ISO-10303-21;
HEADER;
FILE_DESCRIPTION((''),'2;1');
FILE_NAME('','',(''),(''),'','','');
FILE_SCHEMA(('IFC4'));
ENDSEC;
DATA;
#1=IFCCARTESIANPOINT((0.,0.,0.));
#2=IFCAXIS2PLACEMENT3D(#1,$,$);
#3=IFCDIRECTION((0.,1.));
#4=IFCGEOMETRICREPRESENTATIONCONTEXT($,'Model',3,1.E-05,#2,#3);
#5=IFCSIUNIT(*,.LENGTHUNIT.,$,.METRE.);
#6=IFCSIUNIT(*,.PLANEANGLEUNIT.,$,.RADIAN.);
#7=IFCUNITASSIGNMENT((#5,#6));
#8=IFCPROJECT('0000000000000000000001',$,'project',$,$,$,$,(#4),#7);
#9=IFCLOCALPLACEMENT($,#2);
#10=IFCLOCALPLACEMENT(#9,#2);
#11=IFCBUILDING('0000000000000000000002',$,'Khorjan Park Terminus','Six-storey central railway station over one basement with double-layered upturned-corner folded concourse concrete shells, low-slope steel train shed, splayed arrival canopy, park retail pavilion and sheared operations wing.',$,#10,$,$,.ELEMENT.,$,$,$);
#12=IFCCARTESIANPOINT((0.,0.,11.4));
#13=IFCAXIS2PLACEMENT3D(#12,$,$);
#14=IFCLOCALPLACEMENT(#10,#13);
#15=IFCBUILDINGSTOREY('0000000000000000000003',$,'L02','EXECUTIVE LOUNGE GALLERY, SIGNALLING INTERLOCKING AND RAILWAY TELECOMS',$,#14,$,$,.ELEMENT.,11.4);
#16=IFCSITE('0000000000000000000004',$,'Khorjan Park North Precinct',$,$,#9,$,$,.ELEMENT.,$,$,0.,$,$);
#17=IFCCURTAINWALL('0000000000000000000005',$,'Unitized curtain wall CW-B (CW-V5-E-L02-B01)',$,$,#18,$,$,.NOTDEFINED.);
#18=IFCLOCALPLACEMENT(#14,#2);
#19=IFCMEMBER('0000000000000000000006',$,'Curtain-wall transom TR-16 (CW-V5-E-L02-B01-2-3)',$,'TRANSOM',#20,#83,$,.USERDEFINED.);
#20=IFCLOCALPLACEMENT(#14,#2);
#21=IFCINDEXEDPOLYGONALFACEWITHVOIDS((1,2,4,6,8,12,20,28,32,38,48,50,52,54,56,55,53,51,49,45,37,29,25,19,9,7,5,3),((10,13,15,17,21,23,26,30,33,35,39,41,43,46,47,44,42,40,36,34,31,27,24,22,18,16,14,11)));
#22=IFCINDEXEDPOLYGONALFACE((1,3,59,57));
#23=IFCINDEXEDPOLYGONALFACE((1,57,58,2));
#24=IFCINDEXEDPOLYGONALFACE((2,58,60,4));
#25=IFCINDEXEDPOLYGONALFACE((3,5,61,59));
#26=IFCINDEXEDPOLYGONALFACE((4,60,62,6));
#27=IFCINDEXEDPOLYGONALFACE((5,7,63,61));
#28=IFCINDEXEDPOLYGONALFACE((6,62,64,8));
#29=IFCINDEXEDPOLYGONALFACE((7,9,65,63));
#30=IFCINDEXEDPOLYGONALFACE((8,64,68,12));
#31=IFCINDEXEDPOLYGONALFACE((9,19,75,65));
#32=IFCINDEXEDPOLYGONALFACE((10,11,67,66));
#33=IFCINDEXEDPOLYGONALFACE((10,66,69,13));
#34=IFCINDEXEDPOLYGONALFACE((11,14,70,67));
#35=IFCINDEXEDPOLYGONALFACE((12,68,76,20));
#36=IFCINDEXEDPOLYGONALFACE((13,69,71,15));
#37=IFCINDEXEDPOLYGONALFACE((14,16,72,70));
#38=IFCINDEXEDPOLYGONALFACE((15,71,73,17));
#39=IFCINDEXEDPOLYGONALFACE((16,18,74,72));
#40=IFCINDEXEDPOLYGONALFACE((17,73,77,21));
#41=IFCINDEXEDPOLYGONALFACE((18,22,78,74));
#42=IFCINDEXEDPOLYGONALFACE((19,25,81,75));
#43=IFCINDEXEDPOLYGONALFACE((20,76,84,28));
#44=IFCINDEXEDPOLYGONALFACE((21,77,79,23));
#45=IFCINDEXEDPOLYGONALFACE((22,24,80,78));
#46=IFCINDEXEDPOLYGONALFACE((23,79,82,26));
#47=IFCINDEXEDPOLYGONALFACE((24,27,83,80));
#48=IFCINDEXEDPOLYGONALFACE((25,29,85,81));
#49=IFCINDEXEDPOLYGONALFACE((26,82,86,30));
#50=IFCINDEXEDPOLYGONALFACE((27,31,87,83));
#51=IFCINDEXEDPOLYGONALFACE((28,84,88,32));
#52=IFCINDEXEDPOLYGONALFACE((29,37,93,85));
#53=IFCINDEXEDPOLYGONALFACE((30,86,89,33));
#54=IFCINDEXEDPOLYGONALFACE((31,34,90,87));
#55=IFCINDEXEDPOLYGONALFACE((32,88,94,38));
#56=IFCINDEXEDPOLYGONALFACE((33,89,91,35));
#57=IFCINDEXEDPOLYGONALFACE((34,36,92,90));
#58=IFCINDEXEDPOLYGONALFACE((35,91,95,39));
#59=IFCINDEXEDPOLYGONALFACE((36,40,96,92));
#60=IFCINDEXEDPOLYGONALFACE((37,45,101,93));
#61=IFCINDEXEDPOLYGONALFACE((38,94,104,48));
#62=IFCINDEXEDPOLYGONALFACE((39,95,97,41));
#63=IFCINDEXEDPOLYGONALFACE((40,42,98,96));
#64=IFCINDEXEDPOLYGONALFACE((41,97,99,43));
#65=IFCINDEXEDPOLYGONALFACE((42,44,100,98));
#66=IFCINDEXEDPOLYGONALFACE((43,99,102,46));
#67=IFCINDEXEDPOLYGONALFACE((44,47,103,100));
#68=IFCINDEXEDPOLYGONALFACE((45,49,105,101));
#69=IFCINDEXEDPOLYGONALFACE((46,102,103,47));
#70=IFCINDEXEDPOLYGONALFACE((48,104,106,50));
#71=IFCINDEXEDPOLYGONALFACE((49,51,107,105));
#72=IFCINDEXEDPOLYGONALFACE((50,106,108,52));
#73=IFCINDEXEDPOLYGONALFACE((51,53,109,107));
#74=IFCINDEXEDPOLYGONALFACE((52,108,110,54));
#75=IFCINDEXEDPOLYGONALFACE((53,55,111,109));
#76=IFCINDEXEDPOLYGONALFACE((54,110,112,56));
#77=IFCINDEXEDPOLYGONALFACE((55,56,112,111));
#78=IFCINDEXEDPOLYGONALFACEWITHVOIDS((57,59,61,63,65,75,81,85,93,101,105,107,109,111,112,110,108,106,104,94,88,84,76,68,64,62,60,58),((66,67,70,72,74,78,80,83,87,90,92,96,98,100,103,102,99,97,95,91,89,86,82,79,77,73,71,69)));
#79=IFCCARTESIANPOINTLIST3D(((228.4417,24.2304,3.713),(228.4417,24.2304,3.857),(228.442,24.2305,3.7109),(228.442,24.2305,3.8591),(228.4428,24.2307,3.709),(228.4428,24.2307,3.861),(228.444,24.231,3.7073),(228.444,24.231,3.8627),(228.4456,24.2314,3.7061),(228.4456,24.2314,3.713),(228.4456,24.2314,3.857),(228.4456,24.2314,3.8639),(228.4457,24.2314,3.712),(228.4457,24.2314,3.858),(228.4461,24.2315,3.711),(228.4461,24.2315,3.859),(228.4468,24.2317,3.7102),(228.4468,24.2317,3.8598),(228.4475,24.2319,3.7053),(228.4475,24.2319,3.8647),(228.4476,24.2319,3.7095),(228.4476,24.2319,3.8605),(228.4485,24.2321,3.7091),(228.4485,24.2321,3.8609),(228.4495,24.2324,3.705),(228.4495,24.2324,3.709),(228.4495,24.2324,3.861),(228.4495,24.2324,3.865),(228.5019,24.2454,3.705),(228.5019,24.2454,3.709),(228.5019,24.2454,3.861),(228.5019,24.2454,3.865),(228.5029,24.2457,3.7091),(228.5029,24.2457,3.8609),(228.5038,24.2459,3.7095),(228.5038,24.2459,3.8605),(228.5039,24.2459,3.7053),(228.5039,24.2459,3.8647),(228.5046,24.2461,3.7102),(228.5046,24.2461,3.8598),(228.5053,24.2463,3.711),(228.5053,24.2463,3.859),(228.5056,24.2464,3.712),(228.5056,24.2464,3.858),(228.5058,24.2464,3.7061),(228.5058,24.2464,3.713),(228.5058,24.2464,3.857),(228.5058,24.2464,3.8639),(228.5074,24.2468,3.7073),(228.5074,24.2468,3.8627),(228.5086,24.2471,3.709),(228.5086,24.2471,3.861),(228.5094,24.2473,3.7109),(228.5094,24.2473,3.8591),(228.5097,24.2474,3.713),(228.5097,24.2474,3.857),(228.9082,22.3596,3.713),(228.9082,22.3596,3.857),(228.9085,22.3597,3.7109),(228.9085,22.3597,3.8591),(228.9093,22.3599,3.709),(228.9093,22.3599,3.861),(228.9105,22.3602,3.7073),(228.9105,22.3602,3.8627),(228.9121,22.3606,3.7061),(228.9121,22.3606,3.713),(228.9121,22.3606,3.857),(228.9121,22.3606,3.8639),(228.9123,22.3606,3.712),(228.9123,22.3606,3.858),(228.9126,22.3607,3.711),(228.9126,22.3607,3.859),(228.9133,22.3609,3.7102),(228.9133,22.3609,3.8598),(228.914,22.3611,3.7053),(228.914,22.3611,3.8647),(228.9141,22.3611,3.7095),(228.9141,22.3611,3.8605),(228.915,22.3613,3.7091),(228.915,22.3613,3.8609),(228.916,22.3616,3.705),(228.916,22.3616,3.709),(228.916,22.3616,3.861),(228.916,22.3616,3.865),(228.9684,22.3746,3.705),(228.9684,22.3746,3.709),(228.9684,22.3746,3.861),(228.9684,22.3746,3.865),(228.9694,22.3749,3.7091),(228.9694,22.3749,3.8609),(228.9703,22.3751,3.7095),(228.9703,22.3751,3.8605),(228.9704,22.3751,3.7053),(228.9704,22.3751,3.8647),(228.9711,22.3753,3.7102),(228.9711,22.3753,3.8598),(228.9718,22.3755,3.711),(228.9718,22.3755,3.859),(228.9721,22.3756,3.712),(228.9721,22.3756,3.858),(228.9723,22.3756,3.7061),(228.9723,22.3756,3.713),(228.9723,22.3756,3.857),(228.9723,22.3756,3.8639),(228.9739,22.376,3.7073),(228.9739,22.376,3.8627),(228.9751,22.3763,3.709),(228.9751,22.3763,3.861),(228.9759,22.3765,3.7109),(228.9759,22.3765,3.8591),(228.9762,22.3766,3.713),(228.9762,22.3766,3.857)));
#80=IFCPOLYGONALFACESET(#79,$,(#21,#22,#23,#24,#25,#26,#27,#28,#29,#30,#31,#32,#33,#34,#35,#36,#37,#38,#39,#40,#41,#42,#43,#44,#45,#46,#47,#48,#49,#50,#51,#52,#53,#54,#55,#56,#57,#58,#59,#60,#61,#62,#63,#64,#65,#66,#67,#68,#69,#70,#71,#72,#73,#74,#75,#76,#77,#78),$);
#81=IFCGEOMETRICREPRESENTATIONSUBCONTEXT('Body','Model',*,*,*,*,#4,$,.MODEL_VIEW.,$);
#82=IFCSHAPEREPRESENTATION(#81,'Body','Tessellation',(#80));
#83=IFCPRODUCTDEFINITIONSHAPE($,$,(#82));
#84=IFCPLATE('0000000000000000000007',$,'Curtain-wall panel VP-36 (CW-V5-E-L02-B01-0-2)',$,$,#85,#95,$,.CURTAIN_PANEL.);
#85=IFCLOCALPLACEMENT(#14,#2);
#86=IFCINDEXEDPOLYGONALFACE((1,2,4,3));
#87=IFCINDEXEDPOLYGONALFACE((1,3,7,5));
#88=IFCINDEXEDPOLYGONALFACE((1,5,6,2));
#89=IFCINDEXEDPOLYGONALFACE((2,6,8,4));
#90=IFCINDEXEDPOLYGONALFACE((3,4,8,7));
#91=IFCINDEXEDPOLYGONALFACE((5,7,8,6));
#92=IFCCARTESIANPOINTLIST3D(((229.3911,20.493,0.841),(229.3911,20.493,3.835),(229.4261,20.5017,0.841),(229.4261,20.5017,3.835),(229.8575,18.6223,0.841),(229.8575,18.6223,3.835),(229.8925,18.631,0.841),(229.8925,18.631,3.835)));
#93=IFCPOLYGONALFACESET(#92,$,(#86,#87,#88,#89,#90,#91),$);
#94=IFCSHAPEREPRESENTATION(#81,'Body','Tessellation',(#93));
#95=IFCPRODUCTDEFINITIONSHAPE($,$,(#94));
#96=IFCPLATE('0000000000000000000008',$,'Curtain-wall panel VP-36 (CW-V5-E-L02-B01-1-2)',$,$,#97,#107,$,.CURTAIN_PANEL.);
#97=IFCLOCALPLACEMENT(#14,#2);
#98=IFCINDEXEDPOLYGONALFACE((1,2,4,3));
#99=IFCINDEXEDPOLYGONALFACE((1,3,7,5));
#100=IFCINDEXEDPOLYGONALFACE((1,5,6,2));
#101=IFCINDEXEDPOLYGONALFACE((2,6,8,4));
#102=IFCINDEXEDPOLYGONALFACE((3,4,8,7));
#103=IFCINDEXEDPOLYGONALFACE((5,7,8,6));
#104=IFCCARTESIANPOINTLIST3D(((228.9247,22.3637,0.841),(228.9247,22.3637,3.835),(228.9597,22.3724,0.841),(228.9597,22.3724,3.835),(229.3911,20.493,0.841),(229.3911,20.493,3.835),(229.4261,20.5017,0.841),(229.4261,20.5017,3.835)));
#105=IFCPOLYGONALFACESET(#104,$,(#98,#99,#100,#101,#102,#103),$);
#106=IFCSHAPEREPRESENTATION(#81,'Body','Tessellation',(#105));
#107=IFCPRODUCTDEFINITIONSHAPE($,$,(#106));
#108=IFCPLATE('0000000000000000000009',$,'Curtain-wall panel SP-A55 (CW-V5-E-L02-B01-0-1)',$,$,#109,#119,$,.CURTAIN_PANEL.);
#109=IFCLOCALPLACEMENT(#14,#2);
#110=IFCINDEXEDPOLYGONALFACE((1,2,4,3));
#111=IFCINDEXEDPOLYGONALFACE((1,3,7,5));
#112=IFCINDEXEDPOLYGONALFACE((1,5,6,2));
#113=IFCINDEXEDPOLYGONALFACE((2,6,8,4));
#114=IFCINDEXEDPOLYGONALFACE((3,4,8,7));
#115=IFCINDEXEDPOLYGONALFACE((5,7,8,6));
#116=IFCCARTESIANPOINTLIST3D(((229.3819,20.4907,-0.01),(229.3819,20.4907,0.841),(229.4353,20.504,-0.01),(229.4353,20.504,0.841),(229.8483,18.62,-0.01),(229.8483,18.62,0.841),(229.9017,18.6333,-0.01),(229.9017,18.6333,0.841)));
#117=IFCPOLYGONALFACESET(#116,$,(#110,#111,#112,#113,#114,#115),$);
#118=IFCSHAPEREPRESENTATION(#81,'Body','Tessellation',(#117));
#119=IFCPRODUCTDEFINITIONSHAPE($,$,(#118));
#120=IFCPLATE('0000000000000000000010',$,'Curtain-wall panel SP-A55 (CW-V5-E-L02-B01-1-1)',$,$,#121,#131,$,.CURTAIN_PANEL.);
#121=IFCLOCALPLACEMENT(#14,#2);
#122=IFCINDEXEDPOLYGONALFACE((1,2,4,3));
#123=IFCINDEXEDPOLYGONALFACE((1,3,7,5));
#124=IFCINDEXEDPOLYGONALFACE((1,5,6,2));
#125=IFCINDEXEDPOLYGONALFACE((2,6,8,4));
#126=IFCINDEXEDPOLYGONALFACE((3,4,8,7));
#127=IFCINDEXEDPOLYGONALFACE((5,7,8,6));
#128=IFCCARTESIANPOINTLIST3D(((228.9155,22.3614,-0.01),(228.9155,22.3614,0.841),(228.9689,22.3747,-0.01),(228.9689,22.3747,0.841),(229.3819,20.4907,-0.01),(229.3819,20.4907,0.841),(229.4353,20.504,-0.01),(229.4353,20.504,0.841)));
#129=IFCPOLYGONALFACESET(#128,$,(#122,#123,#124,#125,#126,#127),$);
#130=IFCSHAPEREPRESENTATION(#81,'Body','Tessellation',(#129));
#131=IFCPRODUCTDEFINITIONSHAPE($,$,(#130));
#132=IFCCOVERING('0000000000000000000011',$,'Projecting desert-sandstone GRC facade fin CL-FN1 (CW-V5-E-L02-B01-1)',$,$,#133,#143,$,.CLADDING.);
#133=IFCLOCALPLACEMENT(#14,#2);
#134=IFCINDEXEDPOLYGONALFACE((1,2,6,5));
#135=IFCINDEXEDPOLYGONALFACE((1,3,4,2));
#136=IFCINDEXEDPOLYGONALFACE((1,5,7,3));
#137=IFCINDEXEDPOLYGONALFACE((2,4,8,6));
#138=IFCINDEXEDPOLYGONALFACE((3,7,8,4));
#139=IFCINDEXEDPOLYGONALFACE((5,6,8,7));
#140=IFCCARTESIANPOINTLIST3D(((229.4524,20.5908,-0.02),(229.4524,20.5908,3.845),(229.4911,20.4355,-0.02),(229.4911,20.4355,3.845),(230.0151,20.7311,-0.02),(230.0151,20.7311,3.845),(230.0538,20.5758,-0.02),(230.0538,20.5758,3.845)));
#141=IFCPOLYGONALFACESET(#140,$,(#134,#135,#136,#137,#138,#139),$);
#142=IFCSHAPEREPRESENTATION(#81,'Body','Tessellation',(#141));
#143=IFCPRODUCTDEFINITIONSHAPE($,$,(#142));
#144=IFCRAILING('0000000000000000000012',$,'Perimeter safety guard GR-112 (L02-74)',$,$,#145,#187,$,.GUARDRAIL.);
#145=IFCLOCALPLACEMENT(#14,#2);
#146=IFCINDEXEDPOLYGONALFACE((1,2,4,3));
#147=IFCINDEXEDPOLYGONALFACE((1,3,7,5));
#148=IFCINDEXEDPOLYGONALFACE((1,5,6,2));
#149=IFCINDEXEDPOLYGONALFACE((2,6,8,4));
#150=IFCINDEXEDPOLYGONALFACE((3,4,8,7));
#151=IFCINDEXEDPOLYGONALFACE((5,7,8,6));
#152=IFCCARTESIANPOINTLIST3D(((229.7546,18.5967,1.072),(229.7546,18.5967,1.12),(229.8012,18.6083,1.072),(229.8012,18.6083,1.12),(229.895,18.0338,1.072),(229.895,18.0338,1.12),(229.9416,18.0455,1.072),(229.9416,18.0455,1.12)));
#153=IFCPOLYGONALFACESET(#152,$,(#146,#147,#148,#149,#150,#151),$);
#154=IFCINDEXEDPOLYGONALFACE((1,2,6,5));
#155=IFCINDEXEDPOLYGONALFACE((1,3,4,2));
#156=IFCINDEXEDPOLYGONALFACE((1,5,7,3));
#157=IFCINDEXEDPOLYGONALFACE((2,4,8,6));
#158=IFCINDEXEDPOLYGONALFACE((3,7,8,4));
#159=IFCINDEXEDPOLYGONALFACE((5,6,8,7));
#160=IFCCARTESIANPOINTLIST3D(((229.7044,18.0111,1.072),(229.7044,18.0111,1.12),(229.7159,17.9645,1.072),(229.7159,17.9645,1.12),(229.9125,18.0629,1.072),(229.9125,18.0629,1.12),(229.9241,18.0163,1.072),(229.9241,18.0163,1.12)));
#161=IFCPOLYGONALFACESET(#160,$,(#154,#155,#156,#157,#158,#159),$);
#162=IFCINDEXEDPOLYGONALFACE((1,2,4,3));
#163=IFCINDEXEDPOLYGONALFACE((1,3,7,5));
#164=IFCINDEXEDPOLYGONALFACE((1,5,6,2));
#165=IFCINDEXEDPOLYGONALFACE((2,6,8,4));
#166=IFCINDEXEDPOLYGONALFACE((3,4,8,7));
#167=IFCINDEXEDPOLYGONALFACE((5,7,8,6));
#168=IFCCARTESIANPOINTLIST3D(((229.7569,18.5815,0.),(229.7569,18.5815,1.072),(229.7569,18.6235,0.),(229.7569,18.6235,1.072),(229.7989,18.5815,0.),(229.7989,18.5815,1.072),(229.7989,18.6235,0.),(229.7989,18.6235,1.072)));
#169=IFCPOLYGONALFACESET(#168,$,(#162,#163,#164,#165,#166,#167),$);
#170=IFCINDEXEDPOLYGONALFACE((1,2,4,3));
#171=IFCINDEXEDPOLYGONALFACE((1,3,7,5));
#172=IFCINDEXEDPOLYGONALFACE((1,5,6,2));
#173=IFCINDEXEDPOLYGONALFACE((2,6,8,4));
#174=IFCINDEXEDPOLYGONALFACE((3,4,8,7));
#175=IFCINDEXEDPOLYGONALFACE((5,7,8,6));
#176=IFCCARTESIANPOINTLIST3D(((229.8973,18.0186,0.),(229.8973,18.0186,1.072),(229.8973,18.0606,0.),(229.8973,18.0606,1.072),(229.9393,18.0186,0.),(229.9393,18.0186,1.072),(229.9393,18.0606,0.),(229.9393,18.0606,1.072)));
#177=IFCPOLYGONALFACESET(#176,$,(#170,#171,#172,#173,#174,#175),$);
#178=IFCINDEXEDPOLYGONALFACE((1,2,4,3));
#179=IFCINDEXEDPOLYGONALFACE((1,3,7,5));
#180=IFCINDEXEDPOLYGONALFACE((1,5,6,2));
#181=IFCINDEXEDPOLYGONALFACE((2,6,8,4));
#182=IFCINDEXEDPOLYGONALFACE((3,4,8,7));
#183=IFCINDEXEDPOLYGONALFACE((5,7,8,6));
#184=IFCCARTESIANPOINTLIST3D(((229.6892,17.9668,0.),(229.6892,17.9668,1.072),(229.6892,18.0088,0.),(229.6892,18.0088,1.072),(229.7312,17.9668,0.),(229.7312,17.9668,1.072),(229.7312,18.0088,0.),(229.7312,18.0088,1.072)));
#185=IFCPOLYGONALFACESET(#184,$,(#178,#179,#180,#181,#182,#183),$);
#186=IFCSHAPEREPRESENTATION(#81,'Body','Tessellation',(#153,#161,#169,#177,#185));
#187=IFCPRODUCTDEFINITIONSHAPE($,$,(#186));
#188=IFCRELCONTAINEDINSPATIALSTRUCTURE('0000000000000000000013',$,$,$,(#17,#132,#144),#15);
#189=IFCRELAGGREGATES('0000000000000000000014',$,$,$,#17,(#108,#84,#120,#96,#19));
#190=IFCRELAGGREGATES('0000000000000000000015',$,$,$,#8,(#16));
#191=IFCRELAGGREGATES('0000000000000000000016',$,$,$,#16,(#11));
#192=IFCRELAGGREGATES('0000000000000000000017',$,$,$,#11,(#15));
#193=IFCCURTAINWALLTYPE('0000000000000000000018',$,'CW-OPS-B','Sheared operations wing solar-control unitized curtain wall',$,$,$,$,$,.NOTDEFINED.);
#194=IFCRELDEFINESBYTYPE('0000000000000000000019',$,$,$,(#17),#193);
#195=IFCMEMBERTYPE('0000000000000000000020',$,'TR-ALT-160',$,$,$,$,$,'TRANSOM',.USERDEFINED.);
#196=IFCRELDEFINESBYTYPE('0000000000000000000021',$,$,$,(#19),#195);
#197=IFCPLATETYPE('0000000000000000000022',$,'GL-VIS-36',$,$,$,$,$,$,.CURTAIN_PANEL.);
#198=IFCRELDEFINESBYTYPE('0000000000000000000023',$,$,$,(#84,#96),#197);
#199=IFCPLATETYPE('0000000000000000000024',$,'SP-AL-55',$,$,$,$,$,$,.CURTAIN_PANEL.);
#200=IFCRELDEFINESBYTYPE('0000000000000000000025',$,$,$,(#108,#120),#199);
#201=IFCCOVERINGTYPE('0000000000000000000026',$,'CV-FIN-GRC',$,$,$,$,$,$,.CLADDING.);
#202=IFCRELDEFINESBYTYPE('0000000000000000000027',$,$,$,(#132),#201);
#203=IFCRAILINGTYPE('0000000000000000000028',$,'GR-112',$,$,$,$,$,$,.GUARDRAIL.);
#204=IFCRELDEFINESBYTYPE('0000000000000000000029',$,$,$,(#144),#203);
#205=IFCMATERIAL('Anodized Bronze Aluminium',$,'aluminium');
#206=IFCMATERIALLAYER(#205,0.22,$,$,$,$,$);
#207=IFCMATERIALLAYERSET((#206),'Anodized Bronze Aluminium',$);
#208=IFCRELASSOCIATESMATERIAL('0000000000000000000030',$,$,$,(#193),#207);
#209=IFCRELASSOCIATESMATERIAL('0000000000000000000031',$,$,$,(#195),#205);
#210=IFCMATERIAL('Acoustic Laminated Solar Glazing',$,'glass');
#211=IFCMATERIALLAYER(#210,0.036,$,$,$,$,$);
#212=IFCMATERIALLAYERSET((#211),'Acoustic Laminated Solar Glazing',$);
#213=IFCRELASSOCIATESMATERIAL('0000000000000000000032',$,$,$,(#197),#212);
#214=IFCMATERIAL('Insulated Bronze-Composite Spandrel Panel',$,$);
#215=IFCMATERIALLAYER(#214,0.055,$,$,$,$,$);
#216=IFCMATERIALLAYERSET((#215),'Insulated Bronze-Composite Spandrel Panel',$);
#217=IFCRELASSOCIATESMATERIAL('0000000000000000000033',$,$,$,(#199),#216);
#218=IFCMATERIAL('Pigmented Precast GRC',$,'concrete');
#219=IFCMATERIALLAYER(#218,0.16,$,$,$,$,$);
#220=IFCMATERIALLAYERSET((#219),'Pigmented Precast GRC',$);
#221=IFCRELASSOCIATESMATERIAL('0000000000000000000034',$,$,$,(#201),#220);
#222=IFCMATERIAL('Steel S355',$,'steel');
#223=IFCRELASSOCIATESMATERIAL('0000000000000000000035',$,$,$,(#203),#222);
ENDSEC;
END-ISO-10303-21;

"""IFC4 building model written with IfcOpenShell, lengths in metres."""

from ifc_helpers import new_model, si_unit, direction, frame, origin, origin_2d, place, context, subcontext, project, spatial, rectangle, hollow_rectangle, extrude, material, layer, layer_set, material_profile, profile_set, type_object, element, aggregate, save


model = new_model("IFC4")

# Units and contexts
model_context = context("Model", 3, precision=1e-05, world=origin(), true_north=direction((0.0, 1.0)))
body_context = subcontext(model_context, "Body", "Model", "MODEL_VIEW")
ifc_project = project(units=[si_unit("LENGTHUNIT", "METRE"), si_unit("PLANEANGLEUNIT", "RADIAN")], contexts=[model_context])

# Site, building, storey
site_placement = place(None, origin())
site = spatial("IfcSite", under=ifc_project, at=site_placement, Name="Khorjan Park North Precinct", CompositionType="ELEMENT", RefElevation=0.0)
building_placement = place(site_placement, origin())
building = spatial("IfcBuilding", under=site, at=building_placement, Name="Khorjan Park Terminus", Description="Six-storey central railway station over one basement with double-layered upturned-corner folded concourse concrete shells, low-slope steel train shed, splayed arrival canopy, park retail pavilion and sheared operations wing.", CompositionType="ELEMENT")
storey_placement = place(building_placement, frame((0.0, 0.0, 11.4)))
storey = spatial("IfcBuildingStorey", under=building, at=storey_placement, Name="L02", Description="EXECUTIVE LOUNGE GALLERY, SIGNALLING INTERLOCKING AND RAILWAY TELECOMS", CompositionType="ELEMENT", Elevation=11.4)

# Shared definitions
ifc_material_1 = material(Name="Steel S355", Category="steel")

# Curtain wall, member, plates
ifc_material_2 = material(Name="Anodized Bronze Aluminium", Category="aluminium")
ifc_layer_1 = layer(ifc_material_2, 0.22)
ifc_layer_set_1 = layer_set([ifc_layer_1], Name="Anodized Bronze Aluminium")
curtain_wall_type = type_object("IfcCurtainWallType", Name="CW-OPS-B", Description="Sheared operations wing solar-control unitized curtain wall", PredefinedType="NOTDEFINED", material=ifc_layer_set_1)
curtain_wall_placement = place(storey_placement, origin())
curtain_wall = element("IfcCurtainWall", 1, at=curtain_wall_placement, inside=storey, type_object=curtain_wall_type, Name="Unitized curtain wall CW-B (CW-V5-E-L02-B01)", PredefinedType="NOTDEFINED")
ifc_material_profile_1 = material_profile(ifc_material_2, hollow_rectangle(XDim=0.07, YDim=0.16, WallThickness=0.004, InnerFilletRadius=0.004, OuterFilletRadius=0.008, at=origin_2d()), Name="ALT 70x160x4")
ifc_profile_set_1 = profile_set([ifc_material_profile_1], Name="Anodized Bronze Aluminium")
member_type_1 = type_object("IfcMemberType", Name="TR-ALT-160", ElementType="TRANSOM", PredefinedType="USERDEFINED", material=ifc_profile_set_1)
member_1_placement = place(storey_placement, frame((228.9422, 22.3681, 3.785), z_axis=(-0.24195, 0.970289, 0.0), x_axis=(-0.970289, -0.24195, 0.0)))
member_1 = element("IfcMember", 2, at=member_1_placement, type_object=member_type_1, Name="Curtain-wall transom TR-16 (CW-V5-E-L02-B01-2-3)", ObjectType="TRANSOM", PredefinedType="USERDEFINED", context=body_context, shape_type="SweptSolid", body=[
    extrude(hollow_rectangle(XDim=0.07, YDim=0.16, WallThickness=0.004, InnerFilletRadius=0.004, OuterFilletRadius=0.008, at=origin_2d()), origin(), (0.0, 0.0, 1.0), 1.9281),
])
ifc_material_3 = material(Name="Acoustic Laminated Solar Glazing", Category="glass")
ifc_layer_2 = layer(ifc_material_3, 0.036)
ifc_layer_set_2 = layer_set([ifc_layer_2], Name="Acoustic Laminated Solar Glazing")
plate_type_1 = type_object("IfcPlateType", Name="GL-VIS-36", PredefinedType="CURTAIN_PANEL", material=ifc_layer_set_2)
plate_1_placement = place(storey_placement, frame((229.6418, 19.562, 0.841), z_axis=(0.0, 0.0, 1.0), x_axis=(-0.24192, 0.970296, 0.0)))
plate_1 = element("IfcPlate", 3, at=plate_1_placement, type_object=plate_type_1, Name="Curtain-wall panel VP-36 (CW-V5-E-L02-B01-0-2)", PredefinedType="CURTAIN_PANEL", context=body_context, shape_type="SweptSolid", body=[
    extrude(rectangle(XDim=1.928, YDim=0.036, at=origin_2d()), origin(), (0.0, 0.0, 1.0), 2.994),
])
plate_2_placement = place(storey_placement, frame((229.1754, 21.4327, 0.841), z_axis=(0.0, 0.0, 1.0), x_axis=(-0.24192, 0.970296, 0.0)))
plate_2 = element("IfcPlate", 4, at=plate_2_placement, type_object=plate_type_1, Name="Curtain-wall panel VP-36 (CW-V5-E-L02-B01-1-2)", PredefinedType="CURTAIN_PANEL", context=body_context, shape_type="SweptSolid", body=[
    extrude(rectangle(XDim=1.928, YDim=0.036, at=origin_2d()), origin(), (0.0, 0.0, 1.0), 2.994),
])
ifc_material_4 = material(Name="Insulated Bronze-Composite Spandrel Panel")
ifc_layer_3 = layer(ifc_material_4, 0.055)
ifc_layer_set_3 = layer_set([ifc_layer_3], Name="Insulated Bronze-Composite Spandrel Panel")
plate_type_2 = type_object("IfcPlateType", Name="SP-AL-55", PredefinedType="CURTAIN_PANEL", material=ifc_layer_set_3)
plate_3_placement = place(storey_placement, frame((229.6418, 19.562, -0.01), z_axis=(0.0, 0.0, 1.0), x_axis=(-0.24192, 0.970296, 0.0)))
plate_3 = element("IfcPlate", 5, at=plate_3_placement, type_object=plate_type_2, Name="Curtain-wall panel SP-A55 (CW-V5-E-L02-B01-0-1)", PredefinedType="CURTAIN_PANEL", context=body_context, shape_type="SweptSolid", body=[
    extrude(rectangle(XDim=1.928, YDim=0.055, at=origin_2d()), origin(), (0.0, 0.0, 1.0), 0.851),
])
plate_4_placement = place(storey_placement, frame((229.1754, 21.4327, -0.01), z_axis=(0.0, 0.0, 1.0), x_axis=(-0.24192, 0.970296, 0.0)))
plate_4 = element("IfcPlate", 6, at=plate_4_placement, type_object=plate_type_2, Name="Curtain-wall panel SP-A55 (CW-V5-E-L02-B01-1-1)", PredefinedType="CURTAIN_PANEL", context=body_context, shape_type="SweptSolid", body=[
    extrude(rectangle(XDim=1.928, YDim=0.055, at=origin_2d()), origin(), (0.0, 0.0, 1.0), 0.851),
])
aggregate(curtain_wall, [plate_3, plate_1, plate_4, plate_2, member_1])

# Covering
ifc_material_5 = material(Name="Pigmented Precast GRC", Category="concrete")
ifc_layer_4 = layer(ifc_material_5, 0.16)
ifc_layer_set_4 = layer_set([ifc_layer_4], Name="Pigmented Precast GRC")
covering_type = type_object("IfcCoveringType", Name="CV-FIN-GRC", PredefinedType="CLADDING", material=ifc_layer_set_4)
covering_placement = place(storey_placement, frame((229.7531, 20.5833, -0.02), z_axis=(0.0, 0.0, 1.0), x_axis=(-0.970296, -0.241922, 0.0)))
element("IfcCovering", 7, at=covering_placement, inside=storey, type_object=covering_type, Name="Projecting desert-sandstone GRC facade fin CL-FN1 (CW-V5-E-L02-B01-1)", PredefinedType="CLADDING", context=body_context, shape_type="SweptSolid", body=[
    extrude(rectangle(XDim=0.58, YDim=0.16, at=origin_2d()), origin(), (0.0, 0.0, 1.0), 3.865),
])

# Railing
railing_type = type_object("IfcRailingType", Name="GR-112", PredefinedType="GUARDRAIL", material=ifc_material_1)
railing_placement = place(storey_placement, frame((229.7779, 18.6025, 0.0)))
element("IfcRailing", 8, at=railing_placement, inside=storey, type_object=railing_type, Name="Perimeter safety guard GR-112 (L02-74)", PredefinedType="GUARDRAIL", context=body_context, shape_type="SweptSolid", body=[
    extrude(rectangle(XDim=0.048, YDim=0.048, at=origin_2d()), frame((0.0, 0.0, 1.096), z_axis=(0.242008, -0.970274, 0.0), x_axis=(0.970274, 0.242008, 0.0)), (0.0, 0.0, 1.0), 0.5801),
    extrude(rectangle(XDim=0.048, YDim=0.048, at=origin_2d()), frame((0.1404, -0.5629, 1.096), z_axis=(-0.970389, -0.241548, 0.0), x_axis=(0.241548, -0.970389, 0.0)), (0.0, 0.0, 1.0), 0.2145),
    extrude(rectangle(XDim=0.042, YDim=0.042, at=origin_2d()), origin(), (0.0, 0.0, 1.0), 1.072),
    extrude(rectangle(XDim=0.042, YDim=0.042, at=origin_2d()), frame((0.1404, -0.5629, 0.0)), (0.0, 0.0, 1.0), 1.072),
    extrude(rectangle(XDim=0.042, YDim=0.042, at=origin_2d()), frame((-0.0677, -0.6147, 0.0)), (0.0, 0.0, 1.0), 1.072),
])

save(model, "model.ifc")
